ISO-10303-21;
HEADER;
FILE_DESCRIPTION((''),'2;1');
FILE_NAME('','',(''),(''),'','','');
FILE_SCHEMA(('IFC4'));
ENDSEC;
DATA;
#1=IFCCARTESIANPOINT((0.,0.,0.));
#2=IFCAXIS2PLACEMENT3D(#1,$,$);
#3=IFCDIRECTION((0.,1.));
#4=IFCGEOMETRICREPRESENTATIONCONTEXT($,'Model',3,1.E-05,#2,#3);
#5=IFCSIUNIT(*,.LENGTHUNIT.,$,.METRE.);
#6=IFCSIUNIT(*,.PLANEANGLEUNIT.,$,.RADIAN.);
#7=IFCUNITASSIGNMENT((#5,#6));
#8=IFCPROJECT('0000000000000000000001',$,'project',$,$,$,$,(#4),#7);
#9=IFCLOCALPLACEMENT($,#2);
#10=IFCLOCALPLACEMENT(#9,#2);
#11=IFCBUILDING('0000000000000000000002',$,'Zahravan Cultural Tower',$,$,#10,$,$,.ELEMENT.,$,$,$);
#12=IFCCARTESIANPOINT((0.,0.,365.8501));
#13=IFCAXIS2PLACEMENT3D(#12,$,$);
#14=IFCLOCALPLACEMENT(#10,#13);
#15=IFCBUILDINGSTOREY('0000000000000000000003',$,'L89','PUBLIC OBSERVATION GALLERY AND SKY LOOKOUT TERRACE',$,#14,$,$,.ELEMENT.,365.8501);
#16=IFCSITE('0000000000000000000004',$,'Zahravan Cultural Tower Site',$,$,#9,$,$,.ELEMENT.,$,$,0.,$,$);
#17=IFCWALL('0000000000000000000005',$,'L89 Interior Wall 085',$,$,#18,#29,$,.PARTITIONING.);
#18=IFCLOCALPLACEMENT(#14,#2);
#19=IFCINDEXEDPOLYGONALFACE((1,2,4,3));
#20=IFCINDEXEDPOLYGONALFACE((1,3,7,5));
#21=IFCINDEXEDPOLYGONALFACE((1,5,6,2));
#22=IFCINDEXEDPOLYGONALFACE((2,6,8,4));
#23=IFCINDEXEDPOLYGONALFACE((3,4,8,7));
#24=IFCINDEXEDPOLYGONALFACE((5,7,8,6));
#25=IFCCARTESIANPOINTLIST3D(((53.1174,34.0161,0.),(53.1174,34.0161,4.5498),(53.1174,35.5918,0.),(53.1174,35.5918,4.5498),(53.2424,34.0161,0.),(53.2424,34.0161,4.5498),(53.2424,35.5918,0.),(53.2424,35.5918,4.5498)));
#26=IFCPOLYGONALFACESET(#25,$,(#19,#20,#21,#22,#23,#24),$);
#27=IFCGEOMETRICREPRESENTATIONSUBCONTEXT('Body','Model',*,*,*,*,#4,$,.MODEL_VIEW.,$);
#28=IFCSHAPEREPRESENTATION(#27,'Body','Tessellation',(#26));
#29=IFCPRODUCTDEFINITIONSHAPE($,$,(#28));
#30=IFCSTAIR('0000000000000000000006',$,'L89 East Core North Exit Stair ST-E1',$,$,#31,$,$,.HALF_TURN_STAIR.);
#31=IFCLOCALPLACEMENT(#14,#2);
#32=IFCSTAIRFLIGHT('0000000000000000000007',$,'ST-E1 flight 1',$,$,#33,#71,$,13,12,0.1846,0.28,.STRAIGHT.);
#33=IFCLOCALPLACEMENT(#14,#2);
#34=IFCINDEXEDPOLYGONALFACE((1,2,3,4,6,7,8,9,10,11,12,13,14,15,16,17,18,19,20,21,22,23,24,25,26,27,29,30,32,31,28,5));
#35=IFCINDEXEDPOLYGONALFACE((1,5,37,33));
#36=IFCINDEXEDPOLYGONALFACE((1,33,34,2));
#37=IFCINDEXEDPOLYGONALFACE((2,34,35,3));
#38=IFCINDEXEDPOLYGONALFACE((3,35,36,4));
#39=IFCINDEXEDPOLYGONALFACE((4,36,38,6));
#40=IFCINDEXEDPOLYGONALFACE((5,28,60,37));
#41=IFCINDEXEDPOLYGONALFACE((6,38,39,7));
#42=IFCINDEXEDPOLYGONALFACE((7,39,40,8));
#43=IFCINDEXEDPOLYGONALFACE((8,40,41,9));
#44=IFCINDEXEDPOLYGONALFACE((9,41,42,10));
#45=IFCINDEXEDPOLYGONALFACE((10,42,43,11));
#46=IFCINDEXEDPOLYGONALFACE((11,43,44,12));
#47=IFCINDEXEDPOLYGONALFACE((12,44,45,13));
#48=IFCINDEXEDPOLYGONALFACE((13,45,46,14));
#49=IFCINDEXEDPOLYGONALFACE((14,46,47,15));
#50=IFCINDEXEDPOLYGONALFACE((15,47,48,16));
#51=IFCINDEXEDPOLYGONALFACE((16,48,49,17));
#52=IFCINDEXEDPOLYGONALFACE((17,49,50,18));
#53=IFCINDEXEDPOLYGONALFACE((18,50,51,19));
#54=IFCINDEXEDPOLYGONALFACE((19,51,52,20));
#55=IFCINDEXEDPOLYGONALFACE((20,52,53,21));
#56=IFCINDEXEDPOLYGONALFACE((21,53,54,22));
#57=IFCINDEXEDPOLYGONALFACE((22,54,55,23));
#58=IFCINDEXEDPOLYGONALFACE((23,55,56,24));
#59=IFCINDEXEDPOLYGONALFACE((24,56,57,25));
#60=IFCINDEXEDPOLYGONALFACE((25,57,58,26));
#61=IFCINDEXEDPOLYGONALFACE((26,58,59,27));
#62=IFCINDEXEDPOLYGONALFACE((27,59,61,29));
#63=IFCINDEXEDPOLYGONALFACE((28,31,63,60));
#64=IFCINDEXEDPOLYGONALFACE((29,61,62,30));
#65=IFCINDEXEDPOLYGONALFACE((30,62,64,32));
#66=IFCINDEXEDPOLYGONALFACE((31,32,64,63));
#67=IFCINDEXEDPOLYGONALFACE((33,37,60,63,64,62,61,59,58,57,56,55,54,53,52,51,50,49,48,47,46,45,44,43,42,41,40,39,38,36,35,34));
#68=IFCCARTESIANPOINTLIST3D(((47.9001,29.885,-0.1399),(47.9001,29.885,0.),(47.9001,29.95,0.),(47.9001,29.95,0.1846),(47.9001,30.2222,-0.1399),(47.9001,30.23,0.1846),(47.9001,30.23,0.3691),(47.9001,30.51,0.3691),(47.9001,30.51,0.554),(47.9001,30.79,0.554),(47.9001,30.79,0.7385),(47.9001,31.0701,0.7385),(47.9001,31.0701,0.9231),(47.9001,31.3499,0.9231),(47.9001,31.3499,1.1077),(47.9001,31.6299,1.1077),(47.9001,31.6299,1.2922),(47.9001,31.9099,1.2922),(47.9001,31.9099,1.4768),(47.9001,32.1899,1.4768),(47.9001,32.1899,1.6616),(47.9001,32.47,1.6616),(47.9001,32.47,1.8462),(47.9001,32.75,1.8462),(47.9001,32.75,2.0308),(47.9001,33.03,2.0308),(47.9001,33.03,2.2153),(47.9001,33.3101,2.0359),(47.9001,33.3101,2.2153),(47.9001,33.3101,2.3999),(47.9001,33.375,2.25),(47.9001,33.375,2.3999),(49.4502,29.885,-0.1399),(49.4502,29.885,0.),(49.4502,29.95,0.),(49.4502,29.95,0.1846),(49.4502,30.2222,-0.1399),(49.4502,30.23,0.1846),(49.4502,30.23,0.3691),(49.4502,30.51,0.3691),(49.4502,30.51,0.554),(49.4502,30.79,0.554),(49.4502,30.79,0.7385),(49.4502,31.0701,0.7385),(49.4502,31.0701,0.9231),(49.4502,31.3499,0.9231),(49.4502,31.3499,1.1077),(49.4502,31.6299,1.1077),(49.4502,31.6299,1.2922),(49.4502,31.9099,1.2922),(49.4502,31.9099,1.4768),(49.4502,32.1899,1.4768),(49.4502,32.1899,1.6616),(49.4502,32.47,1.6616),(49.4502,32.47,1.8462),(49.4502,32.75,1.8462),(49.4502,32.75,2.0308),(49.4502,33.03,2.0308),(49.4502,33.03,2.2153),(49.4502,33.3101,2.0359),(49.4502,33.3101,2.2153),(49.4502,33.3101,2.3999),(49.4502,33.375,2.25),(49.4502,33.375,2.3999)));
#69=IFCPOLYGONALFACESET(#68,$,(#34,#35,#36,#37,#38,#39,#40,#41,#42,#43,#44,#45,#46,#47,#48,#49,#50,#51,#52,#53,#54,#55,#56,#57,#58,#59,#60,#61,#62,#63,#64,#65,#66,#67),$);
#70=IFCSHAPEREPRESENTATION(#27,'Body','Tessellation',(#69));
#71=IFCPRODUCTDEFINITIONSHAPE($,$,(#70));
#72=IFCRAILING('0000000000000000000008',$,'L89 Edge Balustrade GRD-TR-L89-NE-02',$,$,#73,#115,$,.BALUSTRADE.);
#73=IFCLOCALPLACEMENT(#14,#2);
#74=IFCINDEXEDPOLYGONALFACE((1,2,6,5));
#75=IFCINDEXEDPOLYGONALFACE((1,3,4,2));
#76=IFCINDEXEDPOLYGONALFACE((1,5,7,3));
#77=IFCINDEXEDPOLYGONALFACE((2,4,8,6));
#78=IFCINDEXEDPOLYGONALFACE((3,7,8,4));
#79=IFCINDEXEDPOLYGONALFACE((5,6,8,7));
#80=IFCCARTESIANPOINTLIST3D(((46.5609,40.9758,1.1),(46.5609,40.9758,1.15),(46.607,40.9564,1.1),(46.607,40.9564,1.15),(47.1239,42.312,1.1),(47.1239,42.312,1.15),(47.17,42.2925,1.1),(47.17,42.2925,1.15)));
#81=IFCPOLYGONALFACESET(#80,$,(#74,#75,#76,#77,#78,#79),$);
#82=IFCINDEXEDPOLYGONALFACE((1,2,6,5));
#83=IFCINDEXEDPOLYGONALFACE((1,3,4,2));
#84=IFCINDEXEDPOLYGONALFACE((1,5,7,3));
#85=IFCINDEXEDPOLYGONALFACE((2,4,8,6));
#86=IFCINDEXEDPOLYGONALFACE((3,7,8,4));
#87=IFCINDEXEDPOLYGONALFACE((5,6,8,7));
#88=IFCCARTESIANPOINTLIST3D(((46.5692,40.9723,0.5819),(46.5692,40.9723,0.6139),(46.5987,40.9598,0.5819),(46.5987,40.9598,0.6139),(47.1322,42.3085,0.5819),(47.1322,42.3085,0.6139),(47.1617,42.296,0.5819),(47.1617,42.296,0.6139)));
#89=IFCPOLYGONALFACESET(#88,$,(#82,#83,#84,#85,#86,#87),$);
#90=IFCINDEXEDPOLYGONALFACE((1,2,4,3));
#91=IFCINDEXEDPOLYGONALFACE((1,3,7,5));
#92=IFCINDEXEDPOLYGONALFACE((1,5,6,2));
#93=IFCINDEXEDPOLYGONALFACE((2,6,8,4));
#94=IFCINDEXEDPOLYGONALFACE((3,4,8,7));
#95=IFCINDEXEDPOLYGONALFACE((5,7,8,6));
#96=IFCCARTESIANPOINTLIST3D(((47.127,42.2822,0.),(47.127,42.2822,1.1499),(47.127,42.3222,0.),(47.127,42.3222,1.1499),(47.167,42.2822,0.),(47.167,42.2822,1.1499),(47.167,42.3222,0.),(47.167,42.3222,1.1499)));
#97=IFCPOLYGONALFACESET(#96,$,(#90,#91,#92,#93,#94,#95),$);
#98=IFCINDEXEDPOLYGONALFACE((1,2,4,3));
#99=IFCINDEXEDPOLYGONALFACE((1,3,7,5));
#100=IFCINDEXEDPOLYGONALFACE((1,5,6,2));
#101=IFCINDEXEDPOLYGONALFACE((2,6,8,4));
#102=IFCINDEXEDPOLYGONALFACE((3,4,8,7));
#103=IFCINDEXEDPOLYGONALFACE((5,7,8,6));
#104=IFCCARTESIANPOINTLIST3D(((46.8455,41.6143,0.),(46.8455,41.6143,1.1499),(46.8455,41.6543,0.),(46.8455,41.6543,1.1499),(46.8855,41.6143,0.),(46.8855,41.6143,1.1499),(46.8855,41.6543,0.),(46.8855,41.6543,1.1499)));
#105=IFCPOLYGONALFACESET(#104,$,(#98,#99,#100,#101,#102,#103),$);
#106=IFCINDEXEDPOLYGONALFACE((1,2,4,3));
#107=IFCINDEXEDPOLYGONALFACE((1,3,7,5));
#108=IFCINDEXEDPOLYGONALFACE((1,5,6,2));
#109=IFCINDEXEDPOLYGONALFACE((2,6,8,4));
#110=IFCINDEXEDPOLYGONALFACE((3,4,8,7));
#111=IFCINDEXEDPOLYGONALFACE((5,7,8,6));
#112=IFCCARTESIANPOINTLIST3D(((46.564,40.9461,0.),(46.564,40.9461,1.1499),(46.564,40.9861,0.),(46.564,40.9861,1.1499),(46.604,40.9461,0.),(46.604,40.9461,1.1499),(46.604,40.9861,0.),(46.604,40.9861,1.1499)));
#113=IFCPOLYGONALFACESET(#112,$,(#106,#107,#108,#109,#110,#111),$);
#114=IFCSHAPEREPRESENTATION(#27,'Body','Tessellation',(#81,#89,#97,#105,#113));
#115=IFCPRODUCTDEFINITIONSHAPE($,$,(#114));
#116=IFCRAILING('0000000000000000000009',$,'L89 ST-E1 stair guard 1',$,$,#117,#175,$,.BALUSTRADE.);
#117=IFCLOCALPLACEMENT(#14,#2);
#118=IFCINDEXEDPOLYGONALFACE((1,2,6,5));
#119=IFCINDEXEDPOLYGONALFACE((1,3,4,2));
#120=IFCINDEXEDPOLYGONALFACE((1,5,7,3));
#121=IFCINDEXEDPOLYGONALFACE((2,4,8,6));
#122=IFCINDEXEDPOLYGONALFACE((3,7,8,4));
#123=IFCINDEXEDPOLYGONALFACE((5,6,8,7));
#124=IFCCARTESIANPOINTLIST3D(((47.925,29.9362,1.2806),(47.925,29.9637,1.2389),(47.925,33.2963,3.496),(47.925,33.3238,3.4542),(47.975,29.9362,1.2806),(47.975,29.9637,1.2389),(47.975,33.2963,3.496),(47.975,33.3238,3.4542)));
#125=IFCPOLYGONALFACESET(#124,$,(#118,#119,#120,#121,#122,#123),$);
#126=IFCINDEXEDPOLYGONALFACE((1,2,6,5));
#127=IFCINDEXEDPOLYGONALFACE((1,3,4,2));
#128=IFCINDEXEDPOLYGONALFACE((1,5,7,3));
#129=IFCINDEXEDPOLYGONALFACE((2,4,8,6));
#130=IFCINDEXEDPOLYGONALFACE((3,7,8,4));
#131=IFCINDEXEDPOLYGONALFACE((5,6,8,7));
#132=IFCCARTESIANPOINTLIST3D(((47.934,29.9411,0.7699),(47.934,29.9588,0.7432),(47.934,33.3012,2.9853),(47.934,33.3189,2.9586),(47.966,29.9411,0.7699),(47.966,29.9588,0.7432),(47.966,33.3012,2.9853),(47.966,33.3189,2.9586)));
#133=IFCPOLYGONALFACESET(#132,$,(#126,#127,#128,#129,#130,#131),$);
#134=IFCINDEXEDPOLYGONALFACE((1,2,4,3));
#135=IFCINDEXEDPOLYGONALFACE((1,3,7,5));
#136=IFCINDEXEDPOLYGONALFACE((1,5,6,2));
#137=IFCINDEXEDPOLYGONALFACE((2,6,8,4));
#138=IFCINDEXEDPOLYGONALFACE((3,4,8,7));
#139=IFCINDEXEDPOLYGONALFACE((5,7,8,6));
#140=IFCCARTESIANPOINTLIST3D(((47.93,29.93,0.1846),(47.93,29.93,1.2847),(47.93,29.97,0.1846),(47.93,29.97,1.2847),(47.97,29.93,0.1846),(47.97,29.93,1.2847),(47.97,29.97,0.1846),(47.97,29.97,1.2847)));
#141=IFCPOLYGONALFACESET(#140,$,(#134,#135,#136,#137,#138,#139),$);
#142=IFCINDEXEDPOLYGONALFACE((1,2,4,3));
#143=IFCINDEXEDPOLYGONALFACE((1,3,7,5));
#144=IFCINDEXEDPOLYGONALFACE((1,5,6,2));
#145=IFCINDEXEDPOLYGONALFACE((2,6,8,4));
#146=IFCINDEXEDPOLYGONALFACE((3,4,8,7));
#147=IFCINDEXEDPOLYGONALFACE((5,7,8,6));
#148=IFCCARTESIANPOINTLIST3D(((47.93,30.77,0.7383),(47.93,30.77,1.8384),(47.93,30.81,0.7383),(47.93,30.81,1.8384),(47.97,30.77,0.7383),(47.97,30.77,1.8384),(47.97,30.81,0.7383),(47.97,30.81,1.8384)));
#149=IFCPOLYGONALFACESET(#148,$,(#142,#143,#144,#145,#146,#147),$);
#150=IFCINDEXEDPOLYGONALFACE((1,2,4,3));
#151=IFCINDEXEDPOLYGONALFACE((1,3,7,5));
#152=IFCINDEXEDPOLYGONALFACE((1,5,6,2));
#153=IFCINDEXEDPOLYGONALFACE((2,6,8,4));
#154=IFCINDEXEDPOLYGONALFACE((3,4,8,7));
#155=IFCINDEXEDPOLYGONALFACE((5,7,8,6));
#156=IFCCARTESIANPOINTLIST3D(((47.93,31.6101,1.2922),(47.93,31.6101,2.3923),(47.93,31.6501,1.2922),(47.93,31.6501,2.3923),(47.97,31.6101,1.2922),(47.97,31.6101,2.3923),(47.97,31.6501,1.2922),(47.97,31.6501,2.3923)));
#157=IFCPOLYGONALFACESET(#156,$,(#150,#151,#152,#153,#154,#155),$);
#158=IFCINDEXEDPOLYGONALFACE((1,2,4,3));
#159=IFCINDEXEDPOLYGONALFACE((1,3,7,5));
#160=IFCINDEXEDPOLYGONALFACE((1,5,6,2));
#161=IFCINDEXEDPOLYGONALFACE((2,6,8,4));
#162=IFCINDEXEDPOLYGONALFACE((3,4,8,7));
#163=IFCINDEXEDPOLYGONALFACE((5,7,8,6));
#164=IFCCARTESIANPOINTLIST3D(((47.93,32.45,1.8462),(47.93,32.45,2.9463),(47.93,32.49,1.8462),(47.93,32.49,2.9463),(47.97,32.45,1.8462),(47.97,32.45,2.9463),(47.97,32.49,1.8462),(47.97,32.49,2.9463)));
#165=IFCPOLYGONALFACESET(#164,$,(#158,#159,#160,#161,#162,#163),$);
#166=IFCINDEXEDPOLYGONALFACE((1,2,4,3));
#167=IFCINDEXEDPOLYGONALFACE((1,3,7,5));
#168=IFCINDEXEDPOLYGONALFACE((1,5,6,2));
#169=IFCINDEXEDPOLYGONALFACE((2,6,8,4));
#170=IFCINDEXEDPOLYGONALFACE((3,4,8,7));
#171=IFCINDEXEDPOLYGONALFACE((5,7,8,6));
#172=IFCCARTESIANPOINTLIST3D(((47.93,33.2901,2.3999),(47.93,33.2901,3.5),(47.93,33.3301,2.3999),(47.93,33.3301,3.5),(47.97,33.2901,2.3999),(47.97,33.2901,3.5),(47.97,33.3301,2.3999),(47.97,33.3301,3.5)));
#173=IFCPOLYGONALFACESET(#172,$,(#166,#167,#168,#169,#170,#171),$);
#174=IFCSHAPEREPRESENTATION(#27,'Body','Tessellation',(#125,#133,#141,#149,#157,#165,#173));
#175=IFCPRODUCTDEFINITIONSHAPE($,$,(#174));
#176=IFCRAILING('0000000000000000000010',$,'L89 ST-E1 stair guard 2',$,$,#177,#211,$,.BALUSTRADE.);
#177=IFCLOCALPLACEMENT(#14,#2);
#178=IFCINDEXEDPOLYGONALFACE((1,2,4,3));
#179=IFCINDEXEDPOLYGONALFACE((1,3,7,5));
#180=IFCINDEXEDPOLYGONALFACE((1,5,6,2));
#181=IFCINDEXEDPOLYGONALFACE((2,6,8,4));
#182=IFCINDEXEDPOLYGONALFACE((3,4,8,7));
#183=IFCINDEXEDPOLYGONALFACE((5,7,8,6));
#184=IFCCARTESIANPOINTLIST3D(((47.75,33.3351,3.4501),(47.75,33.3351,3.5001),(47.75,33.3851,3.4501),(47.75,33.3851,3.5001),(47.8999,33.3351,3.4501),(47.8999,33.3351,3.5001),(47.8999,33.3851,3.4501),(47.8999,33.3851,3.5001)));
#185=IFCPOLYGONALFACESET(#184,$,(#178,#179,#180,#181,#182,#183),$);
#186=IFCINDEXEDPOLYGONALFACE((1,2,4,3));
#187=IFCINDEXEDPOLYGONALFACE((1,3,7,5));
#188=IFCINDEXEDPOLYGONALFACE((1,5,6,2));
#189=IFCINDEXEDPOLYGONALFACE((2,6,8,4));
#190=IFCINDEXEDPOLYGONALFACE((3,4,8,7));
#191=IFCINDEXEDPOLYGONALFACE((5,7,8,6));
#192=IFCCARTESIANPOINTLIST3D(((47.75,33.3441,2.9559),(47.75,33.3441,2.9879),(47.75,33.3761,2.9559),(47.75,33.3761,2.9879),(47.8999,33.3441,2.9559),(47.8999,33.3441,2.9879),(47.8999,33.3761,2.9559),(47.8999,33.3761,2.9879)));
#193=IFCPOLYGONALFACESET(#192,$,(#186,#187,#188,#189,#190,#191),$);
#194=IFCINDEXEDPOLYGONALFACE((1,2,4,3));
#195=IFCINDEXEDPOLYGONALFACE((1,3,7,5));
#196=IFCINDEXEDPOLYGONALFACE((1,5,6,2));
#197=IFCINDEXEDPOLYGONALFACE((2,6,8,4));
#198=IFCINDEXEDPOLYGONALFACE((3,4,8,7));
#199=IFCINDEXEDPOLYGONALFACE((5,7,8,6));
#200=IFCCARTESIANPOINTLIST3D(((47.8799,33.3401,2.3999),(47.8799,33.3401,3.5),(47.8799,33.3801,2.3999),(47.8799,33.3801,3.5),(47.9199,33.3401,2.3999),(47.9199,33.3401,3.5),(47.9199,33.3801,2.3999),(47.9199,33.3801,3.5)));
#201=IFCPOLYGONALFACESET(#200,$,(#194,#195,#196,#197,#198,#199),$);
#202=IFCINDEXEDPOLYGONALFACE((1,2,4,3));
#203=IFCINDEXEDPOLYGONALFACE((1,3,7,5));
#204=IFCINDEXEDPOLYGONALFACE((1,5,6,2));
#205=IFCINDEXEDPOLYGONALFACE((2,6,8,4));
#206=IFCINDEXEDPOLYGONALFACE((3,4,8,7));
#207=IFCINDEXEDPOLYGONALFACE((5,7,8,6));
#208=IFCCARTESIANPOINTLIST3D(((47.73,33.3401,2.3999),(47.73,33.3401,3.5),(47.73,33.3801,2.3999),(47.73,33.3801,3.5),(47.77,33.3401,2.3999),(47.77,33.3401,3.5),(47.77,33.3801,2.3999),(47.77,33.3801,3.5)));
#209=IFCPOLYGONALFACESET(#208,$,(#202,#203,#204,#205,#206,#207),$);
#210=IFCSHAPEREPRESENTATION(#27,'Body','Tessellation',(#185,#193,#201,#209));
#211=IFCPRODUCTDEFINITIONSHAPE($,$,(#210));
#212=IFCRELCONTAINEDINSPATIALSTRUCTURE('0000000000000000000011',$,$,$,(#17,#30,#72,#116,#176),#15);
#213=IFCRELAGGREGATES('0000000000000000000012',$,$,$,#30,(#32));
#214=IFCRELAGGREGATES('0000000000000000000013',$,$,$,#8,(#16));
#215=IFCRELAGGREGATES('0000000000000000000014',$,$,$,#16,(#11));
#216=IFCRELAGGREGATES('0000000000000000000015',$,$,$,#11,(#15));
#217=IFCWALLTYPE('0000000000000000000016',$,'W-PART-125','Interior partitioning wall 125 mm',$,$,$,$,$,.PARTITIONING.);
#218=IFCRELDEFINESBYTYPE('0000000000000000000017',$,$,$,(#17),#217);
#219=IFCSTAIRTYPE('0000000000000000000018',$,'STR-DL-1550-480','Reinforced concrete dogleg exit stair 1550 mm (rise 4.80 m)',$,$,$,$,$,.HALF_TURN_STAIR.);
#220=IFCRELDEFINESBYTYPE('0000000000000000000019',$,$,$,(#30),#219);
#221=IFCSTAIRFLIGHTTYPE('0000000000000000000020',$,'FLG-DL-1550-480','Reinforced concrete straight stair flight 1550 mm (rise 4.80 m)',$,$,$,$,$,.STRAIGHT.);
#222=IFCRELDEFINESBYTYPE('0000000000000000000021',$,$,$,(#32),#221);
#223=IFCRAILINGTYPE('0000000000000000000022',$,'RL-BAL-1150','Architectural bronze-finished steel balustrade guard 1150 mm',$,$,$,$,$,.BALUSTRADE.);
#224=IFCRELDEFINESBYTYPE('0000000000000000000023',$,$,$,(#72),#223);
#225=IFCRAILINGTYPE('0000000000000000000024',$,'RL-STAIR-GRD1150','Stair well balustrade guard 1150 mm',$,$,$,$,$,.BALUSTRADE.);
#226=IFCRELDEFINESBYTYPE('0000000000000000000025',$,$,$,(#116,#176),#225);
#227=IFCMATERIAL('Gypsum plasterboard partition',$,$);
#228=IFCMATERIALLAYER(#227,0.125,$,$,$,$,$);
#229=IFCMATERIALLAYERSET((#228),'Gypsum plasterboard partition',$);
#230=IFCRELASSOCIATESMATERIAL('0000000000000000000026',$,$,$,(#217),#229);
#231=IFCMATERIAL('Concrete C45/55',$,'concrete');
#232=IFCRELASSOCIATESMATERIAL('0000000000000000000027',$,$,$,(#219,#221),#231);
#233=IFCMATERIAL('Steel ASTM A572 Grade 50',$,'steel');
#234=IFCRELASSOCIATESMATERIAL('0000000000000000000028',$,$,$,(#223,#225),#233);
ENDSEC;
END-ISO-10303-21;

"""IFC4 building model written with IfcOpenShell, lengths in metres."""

from ifc_helpers import new_model, si_unit, direction, frame, frame_2d, origin, origin_2d, place, context, subcontext, project, spatial, polyline, rectangle, outline, extrude, source, transform, mapped, material, layer, layer_set, type_object, element, aggregate, save


model = new_model("IFC4")

# Units and contexts
model_context = context("Model", 3, precision=1e-05, world=origin(), true_north=direction((0.0, 1.0)))
body_context = subcontext(model_context, "Body", "Model", "MODEL_VIEW")
ifc_project = project(units=[si_unit("LENGTHUNIT", "METRE"), si_unit("PLANEANGLEUNIT", "RADIAN")], contexts=[model_context])

# Site, building, storey
site_placement = place(None, origin())
site = spatial("IfcSite", under=ifc_project, at=site_placement, Name="Zahravan Cultural Tower Site", CompositionType="ELEMENT", RefElevation=0.0)
building_placement = place(site_placement, origin())
building = spatial("IfcBuilding", under=site, at=building_placement, Name="Zahravan Cultural Tower", CompositionType="ELEMENT")
storey_placement = place(building_placement, frame((0.0, 0.0, 365.8501)))
storey = spatial("IfcBuildingStorey", under=building, at=storey_placement, Name="L89", Description="PUBLIC OBSERVATION GALLERY AND SKY LOOKOUT TERRACE", CompositionType="ELEMENT", Elevation=365.8501)

# Shared definitions
ifc_material_1 = material(Name="Gypsum plasterboard partition")
ifc_layer_1 = layer(ifc_material_1, 0.125)
ifc_layer_set_1 = layer_set([ifc_layer_1], Name="Gypsum plasterboard partition")
wall_type_1 = type_object("IfcWallType", Name="W-PART-125", Description="Interior partitioning wall 125 mm", PredefinedType="PARTITIONING", material=ifc_layer_set_1)

# Wall
shared_shape_1 = source(origin(), body_context, "Body", "SweptSolid", [
    extrude(rectangle(XDim=1.5757, YDim=0.125, at=frame_2d((0.7878, 0.0))), origin(), (0.0, 0.0, 1.0), 4.5498),
])
wall_1_placement = place(storey_placement, frame((53.1799, 35.5918, 0.0), z_axis=(0.0, 0.0, 1.0), x_axis=(0.0, -1.0, 0.0)))
element("IfcWall", 1, at=wall_1_placement, inside=storey, type_object=wall_type_1, Name="L89 Interior Wall 085", PredefinedType="PARTITIONING", context=body_context, shape_type="MappedRepresentation", body=[
    mapped(shared_shape_1, transform((0.0, 0.0, 0.0), x_axis=(1.0, 0.0, 0.0), y_axis=(0.0, 1.0, 0.0), z_axis=(0.0, 0.0, 1.0), scale=1.0)),
])

# Stair, stair flight
ifc_material_2 = material(Name="Concrete C45/55", Category="concrete")
stair_type = type_object("IfcStairType", Name="STR-DL-1550-480", Description="Reinforced concrete dogleg exit stair 1550 mm (rise 4.80 m)", PredefinedType="HALF_TURN_STAIR", material=ifc_material_2)
stair_placement = place(storey_placement, origin())
stair = element("IfcStair", 2, at=stair_placement, inside=storey, type_object=stair_type, Name="L89 East Core North Exit Stair ST-E1", PredefinedType="HALF_TURN_STAIR")
stair_flight_type = type_object("IfcStairFlightType", Name="FLG-DL-1550-480", Description="Reinforced concrete straight stair flight 1550 mm (rise 4.80 m)", PredefinedType="STRAIGHT", material=ifc_material_2)
stair_flight_placement = place(storey_placement, frame((48.675, 29.95, 0.0), z_axis=(0.0, 0.0, 1.0), x_axis=(0.0, 1.0, 0.0)))
stair_flight = element("IfcStairFlight", 3, at=stair_flight_placement, type_object=stair_flight_type, Name="ST-E1 flight 1", NumberOfRisers=13, NumberOfTreads=12, PredefinedType="STRAIGHT", RiserHeight=0.1846, TreadLength=0.28, context=body_context, shape_type="SweptSolid", body=[
    extrude(outline(polyline([(-0.0649, -0.1399), (-0.0649, 0.0), (0.0, 0.0), (0.0, 0.1846), (0.28, 0.1846), (0.28, 0.3691), (0.5601, 0.3691), (0.5601, 0.554), (0.8401, 0.554), (0.8401, 0.7385), (1.1201, 0.7385), (1.1201, 0.9231), (1.3999, 0.9231), (1.3999, 1.1077), (1.6799, 1.1077), (1.6799, 1.2922), (1.96, 1.2922), (1.96, 1.4768), (2.24, 1.4768), (2.24, 1.6616), (2.52, 1.6616), (2.52, 1.8462), (2.8, 1.8462), (2.8, 2.0308), (3.0801, 2.0308), (3.0801, 2.2153), (3.3601, 2.2153), (3.3601, 2.3999), (3.425, 2.3999), (3.425, 2.25), (3.3601, 2.0359), (0.2722, -0.1399), (-0.0649, -0.1399)])), frame((0.0, 0.7749, 0.0), z_axis=(0.0, -1.0, 0.0), x_axis=(1.0, 0.0, 0.0)), (0.0, 0.0, 1.0), 1.55),
])
aggregate(stair, [stair_flight])

# Railings
ifc_material_3 = material(Name="Steel ASTM A572 Grade 50", Category="steel")
railing_type_1 = type_object("IfcRailingType", Name="RL-BAL-1150", Description="Architectural bronze-finished steel balustrade guard 1150 mm", PredefinedType="BALUSTRADE", material=ifc_material_3)
railing_1_placement = place(storey_placement, frame((47.147, 42.3022, 0.0)))
element("IfcRailing", 4, at=railing_1_placement, inside=storey, type_object=railing_type_1, Name="L89 Edge Balustrade GRD-TR-L89-NE-02", PredefinedType="BALUSTRADE", context=body_context, shape_type="SweptSolid", body=[
    extrude(rectangle(XDim=0.05, YDim=0.05, at=origin_2d()), frame((0.0, 0.0, 1.125), z_axis=(-0.388283, -0.92154, 0.0), x_axis=(0.92154, -0.388283, 0.0)), (0.0, 0.0, 1.0), 1.45),
    extrude(rectangle(XDim=0.032, YDim=0.032, at=origin_2d()), frame((0.0, 0.0, 0.5979), z_axis=(-0.388283, -0.92154, 0.0), x_axis=(0.92154, -0.388283, 0.0)), (0.0, 0.0, 1.0), 1.45),
    extrude(rectangle(XDim=0.04, YDim=0.04, at=origin_2d()), origin(), (0.0, 0.0, 1.0), 1.1499),
    extrude(rectangle(XDim=0.04, YDim=0.04, at=origin_2d()), frame((-0.2815, -0.668, 0.0)), (0.0, 0.0, 1.0), 1.1499),
    extrude(rectangle(XDim=0.04, YDim=0.04, at=origin_2d()), frame((-0.563, -1.3362, 0.0)), (0.0, 0.0, 1.0), 1.1499),
])
railing_type_2 = type_object("IfcRailingType", Name="RL-STAIR-GRD1150", Description="Stair well balustrade guard 1150 mm", PredefinedType="BALUSTRADE", material=ifc_material_3)
railing_2_placement = place(storey_placement, frame((47.95, 29.95, 0.1846)))
element("IfcRailing", 5, at=railing_2_placement, inside=storey, type_object=railing_type_2, Name="L89 ST-E1 stair guard 1", PredefinedType="BALUSTRADE", context=body_context, shape_type="SweptSolid", body=[
    extrude(rectangle(XDim=0.05, YDim=0.05, at=origin_2d()), frame((0.0, 0.0, 1.0752), z_axis=(0.0, 0.834876, 0.550437), x_axis=(-1.0, 0.0, 0.0)), (0.0, 0.0, 1.0), 4.0247),
    extrude(rectangle(XDim=0.032, YDim=0.032, at=origin_2d()), frame((0.0, 0.0, 0.572), z_axis=(0.0, 0.834876, 0.550437), x_axis=(-1.0, 0.0, 0.0)), (0.0, 0.0, 1.0), 4.0247),
    extrude(rectangle(XDim=0.04, YDim=0.04, at=origin_2d()), origin(), (0.0, 0.0, 1.0), 1.1001),
    extrude(rectangle(XDim=0.04, YDim=0.04, at=origin_2d()), frame((0.0, 0.8401, 0.5537)), (0.0, 0.0, 1.0), 1.1001),
    extrude(rectangle(XDim=0.04, YDim=0.04, at=origin_2d()), frame((0.0, 1.6802, 1.1077)), (0.0, 0.0, 1.0), 1.1001),
    extrude(rectangle(XDim=0.04, YDim=0.04, at=origin_2d()), frame((0.0, 2.52, 1.6616)), (0.0, 0.0, 1.0), 1.1001),
    extrude(rectangle(XDim=0.04, YDim=0.04, at=origin_2d()), frame((0.0, 3.3601, 2.2153)), (0.0, 0.0, 1.0), 1.1001),
])
railing_3_placement = place(storey_placement, frame((47.8999, 33.3601, 2.3999)))
element("IfcRailing", 6, at=railing_3_placement, inside=storey, type_object=railing_type_2, Name="L89 ST-E1 stair guard 2", PredefinedType="BALUSTRADE", context=body_context, shape_type="SweptSolid", body=[
    extrude(rectangle(XDim=0.05, YDim=0.05, at=origin_2d()), frame((0.0, 0.0, 1.0752), z_axis=(-1.0, 0.0, 0.0), x_axis=(0.0, -1.0, 0.0)), (0.0, 0.0, 1.0), 0.1499),
    extrude(rectangle(XDim=0.032, YDim=0.032, at=origin_2d()), frame((0.0, 0.0, 0.572), z_axis=(-1.0, 0.0, 0.0), x_axis=(0.0, -1.0, 0.0)), (0.0, 0.0, 1.0), 0.1499),
    extrude(rectangle(XDim=0.04, YDim=0.04, at=origin_2d()), origin(), (0.0, 0.0, 1.0), 1.1001),
    extrude(rectangle(XDim=0.04, YDim=0.04, at=origin_2d()), frame((-0.1499, 0.0, 0.0)), (0.0, 0.0, 1.0), 1.1001),
])

save(model, "model.ifc")
